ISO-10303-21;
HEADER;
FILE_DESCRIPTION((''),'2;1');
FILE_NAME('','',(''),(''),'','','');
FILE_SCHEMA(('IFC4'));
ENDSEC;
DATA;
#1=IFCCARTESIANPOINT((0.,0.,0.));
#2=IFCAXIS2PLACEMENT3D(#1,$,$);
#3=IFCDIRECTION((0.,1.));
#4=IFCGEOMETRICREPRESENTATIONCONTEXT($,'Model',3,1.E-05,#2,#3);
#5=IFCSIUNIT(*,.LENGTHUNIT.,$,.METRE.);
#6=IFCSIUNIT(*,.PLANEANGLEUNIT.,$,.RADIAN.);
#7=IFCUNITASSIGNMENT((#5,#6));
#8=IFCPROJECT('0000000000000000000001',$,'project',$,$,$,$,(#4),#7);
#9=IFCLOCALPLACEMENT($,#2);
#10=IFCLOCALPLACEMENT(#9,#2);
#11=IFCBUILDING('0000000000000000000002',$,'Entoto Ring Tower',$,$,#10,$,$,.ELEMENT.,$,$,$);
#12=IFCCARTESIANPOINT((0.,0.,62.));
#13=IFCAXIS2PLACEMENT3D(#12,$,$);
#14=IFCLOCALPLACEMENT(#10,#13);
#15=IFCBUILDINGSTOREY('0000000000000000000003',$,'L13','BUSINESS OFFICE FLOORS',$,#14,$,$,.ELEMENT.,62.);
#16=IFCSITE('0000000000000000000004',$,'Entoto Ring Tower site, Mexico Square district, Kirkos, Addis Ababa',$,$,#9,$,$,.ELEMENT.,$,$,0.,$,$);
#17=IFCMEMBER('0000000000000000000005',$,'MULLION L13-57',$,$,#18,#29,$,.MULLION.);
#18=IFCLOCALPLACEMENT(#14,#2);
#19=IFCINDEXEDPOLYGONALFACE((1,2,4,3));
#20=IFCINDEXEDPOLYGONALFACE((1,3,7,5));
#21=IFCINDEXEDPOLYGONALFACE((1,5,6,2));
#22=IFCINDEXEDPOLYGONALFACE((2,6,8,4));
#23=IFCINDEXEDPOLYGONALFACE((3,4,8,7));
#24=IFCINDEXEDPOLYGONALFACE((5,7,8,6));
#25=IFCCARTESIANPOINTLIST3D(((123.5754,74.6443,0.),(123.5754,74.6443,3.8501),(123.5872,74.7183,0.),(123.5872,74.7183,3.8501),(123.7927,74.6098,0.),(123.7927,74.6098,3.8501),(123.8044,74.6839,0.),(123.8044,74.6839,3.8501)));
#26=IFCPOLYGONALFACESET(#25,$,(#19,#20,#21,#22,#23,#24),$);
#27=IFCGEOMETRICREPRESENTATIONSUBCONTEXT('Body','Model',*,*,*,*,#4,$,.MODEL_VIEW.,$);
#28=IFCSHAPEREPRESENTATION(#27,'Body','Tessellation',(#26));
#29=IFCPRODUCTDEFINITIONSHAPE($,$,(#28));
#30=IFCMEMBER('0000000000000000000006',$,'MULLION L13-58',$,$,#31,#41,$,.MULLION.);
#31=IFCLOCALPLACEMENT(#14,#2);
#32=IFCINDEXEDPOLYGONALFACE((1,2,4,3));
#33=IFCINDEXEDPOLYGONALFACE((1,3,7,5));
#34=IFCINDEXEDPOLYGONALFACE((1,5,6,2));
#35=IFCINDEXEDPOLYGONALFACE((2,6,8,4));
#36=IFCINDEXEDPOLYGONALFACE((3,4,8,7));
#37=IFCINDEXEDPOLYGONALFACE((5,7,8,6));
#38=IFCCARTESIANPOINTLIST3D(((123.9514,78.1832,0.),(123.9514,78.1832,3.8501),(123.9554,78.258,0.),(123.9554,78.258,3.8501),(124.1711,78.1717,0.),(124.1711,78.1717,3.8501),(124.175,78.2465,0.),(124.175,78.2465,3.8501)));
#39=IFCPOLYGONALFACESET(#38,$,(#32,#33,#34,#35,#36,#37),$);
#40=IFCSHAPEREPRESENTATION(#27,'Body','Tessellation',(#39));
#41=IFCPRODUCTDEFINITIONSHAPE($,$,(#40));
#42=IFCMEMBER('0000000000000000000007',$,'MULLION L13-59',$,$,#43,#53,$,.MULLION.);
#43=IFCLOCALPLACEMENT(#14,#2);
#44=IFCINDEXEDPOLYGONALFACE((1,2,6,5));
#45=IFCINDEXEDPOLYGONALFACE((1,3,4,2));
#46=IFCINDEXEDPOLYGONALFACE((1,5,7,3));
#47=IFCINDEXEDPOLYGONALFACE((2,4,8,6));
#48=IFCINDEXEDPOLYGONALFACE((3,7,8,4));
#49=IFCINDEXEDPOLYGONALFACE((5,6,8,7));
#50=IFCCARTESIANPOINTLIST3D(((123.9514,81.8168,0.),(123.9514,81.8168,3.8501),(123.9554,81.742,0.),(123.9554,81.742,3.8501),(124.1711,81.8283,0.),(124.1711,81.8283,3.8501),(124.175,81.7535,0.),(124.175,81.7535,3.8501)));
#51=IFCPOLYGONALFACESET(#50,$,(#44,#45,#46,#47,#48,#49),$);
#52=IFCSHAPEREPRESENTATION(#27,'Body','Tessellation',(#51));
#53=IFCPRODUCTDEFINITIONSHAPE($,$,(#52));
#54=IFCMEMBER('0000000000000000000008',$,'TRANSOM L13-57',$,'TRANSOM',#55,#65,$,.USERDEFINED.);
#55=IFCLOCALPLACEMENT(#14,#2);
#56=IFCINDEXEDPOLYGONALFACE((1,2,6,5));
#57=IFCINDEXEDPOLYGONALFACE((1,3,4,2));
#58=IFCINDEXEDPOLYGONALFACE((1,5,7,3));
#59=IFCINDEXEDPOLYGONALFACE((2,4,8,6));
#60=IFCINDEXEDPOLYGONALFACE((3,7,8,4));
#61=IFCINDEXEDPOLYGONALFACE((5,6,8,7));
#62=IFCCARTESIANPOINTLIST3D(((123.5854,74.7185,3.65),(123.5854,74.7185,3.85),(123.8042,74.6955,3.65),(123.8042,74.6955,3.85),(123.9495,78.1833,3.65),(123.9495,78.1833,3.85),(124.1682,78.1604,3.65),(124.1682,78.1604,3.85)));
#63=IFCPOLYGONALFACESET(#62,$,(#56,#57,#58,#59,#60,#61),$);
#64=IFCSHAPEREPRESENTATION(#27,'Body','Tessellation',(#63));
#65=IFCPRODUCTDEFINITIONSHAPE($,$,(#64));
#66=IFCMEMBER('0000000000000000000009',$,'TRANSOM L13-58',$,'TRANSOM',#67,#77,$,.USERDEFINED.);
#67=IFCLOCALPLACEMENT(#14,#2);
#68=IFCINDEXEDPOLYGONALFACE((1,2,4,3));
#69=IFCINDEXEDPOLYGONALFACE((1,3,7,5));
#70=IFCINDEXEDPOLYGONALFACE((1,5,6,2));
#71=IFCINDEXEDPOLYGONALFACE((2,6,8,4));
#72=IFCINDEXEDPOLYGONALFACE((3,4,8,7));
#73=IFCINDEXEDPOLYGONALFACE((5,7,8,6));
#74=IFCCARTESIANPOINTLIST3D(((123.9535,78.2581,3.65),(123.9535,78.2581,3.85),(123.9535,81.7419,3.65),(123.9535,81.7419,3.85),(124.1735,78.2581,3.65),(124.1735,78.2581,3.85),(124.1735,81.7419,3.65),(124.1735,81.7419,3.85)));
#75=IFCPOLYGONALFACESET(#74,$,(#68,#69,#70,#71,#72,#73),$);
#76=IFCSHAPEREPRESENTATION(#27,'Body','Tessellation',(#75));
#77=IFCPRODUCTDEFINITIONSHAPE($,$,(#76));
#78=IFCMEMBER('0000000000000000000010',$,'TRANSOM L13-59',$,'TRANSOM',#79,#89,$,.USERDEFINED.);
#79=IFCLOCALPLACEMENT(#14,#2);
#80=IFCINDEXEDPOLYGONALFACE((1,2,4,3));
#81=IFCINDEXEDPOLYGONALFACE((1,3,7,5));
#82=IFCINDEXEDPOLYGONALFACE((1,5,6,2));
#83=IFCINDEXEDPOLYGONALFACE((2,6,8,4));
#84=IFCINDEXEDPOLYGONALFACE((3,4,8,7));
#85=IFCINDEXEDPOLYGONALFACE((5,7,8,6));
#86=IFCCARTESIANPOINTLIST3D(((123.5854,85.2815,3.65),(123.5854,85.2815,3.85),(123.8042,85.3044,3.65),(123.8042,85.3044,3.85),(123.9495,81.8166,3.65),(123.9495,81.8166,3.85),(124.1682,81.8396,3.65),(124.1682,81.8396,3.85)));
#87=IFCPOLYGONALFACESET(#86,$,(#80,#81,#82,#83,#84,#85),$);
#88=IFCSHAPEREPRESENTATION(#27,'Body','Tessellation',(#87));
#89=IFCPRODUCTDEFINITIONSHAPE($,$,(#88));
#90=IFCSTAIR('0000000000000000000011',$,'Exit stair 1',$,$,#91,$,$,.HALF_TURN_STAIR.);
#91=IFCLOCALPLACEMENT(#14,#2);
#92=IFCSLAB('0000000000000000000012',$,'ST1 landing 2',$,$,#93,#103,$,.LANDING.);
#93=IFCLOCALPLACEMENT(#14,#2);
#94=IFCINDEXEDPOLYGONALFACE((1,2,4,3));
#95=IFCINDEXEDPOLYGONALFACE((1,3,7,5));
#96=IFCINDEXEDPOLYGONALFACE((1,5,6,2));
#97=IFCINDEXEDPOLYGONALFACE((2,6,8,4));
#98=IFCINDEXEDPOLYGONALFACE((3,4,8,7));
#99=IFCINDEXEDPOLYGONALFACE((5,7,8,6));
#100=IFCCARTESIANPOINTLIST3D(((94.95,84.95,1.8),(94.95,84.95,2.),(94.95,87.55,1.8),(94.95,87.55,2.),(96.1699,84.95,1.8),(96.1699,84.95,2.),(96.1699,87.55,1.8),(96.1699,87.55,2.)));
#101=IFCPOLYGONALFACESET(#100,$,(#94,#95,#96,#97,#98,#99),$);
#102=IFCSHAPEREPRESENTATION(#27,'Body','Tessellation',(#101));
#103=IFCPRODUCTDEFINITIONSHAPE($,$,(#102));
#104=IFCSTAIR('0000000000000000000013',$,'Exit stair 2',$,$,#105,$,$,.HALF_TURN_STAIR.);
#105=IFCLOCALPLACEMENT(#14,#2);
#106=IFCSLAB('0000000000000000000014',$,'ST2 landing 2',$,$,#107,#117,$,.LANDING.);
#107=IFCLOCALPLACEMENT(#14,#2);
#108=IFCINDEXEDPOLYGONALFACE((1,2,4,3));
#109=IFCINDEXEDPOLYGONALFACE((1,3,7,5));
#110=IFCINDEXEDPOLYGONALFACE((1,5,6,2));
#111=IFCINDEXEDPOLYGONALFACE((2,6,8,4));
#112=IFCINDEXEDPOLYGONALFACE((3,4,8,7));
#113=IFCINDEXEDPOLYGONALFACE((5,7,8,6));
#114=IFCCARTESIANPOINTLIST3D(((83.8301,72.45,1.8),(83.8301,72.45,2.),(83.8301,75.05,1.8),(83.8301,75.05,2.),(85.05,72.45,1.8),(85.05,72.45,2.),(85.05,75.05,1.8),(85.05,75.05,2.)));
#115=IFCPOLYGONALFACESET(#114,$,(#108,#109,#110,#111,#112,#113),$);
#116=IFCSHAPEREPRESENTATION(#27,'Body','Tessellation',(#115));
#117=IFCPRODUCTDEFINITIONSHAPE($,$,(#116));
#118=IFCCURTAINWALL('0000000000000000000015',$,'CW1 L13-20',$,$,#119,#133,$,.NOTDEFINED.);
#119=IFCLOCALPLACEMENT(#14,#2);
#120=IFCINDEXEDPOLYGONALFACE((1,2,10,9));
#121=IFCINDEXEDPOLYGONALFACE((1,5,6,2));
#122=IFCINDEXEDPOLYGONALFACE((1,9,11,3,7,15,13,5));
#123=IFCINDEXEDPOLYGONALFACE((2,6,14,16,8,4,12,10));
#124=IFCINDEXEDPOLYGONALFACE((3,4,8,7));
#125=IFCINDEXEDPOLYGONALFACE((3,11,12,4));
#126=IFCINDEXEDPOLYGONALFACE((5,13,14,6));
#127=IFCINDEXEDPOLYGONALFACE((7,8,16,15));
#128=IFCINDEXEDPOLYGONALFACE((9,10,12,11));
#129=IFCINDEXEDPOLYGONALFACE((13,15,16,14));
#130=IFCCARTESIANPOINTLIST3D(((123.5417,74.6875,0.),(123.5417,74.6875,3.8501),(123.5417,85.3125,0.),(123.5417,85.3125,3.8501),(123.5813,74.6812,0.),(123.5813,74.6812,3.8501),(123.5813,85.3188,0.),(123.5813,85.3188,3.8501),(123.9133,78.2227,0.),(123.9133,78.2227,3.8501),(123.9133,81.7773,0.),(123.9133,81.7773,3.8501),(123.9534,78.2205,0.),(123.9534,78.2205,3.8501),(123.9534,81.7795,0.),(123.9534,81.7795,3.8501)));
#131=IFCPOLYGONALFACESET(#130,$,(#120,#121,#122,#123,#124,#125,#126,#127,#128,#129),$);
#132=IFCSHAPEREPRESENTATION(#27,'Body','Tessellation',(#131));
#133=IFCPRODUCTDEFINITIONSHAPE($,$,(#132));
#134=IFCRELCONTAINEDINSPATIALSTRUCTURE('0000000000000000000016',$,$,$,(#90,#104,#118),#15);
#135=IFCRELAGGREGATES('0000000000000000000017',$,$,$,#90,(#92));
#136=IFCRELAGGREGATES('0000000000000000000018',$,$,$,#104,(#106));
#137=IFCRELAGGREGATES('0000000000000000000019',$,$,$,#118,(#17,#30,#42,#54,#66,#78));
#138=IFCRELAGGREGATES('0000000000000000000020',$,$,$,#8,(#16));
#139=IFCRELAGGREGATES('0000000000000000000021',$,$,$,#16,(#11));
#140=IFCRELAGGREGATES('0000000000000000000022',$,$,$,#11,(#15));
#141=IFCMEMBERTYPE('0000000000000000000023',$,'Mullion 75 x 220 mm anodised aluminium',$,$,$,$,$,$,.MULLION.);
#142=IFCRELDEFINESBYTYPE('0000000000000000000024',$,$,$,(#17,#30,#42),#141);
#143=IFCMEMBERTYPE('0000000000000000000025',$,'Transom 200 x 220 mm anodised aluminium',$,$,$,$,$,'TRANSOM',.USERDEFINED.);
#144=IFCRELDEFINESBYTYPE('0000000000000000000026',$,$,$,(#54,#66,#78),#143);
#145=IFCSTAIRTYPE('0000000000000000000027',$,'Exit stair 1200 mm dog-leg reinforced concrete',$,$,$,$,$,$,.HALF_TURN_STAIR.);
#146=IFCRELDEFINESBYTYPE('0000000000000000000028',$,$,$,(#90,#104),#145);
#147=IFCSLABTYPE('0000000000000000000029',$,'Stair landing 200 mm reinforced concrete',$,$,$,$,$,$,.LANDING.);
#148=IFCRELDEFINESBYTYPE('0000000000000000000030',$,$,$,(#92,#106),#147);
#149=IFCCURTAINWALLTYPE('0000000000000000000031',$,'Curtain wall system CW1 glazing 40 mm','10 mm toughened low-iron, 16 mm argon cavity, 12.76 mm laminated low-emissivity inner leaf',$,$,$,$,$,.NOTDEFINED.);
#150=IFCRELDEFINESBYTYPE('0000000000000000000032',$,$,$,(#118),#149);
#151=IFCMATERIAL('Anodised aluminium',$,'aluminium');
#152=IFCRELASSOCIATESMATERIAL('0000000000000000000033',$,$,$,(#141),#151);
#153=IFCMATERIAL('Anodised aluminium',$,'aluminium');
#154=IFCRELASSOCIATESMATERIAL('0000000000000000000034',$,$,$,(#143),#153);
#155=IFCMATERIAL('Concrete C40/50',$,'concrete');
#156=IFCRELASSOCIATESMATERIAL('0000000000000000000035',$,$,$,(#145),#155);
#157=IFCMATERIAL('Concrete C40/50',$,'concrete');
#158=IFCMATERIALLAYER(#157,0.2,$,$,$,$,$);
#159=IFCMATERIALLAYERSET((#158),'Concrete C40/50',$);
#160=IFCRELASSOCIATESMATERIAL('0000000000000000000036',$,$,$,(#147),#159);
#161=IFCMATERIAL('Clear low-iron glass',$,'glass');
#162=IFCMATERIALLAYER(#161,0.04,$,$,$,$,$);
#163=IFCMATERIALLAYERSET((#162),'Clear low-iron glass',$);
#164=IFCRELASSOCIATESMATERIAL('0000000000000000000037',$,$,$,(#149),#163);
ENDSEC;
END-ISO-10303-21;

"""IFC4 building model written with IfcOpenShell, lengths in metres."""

from ifc_helpers import new_model, si_unit, direction, frame, origin, origin_2d, place, context, subcontext, project, spatial, polyline, rectangle, outline, extrude, material, layer, layer_set, material_profile, profile_set, type_object, element, aggregate, save


model = new_model("IFC4")

# Units and contexts
model_context = context("Model", 3, precision=1e-05, world=origin(), true_north=direction((0.0, 1.0)))
body_context = subcontext(model_context, "Body", "Model", "MODEL_VIEW")
ifc_project = project(units=[si_unit("LENGTHUNIT", "METRE"), si_unit("PLANEANGLEUNIT", "RADIAN")], contexts=[model_context])

# Members
ifc_material_1 = material(Name="Anodised aluminium", Category="aluminium")
ifc_material_profile_1 = material_profile(ifc_material_1, rectangle(XDim=0.075, YDim=0.22, at=origin_2d()), Name="Mullion 75 x 220 mm anodised aluminium")
ifc_profile_set_1 = profile_set([ifc_material_profile_1], Name="Anodised aluminium")
member_type_1 = type_object("IfcMemberType", Name="Mullion 75 x 220 mm anodised aluminium", PredefinedType="MULLION", material=ifc_profile_set_1)
site_placement = place(None, origin())
building_placement = place(site_placement, origin())
storey_placement = place(building_placement, frame((0.0, 0.0, 62.0)))
member_1_placement = place(storey_placement, frame((123.6899, 74.6641, 0.0), z_axis=(0.0, 0.0, 1.0), x_axis=(0.156434, 0.987688, 0.0)))
member_1 = element("IfcMember", 1, at=member_1_placement, type_object=member_type_1, Name="MULLION L13-57", PredefinedType="MULLION", context=body_context, shape_type="SweptSolid", body=[
    extrude(rectangle(XDim=0.075, YDim=0.22, at=origin_2d()), origin(), (0.0, 0.0, 1.0), 3.8501),
])
member_2_placement = place(storey_placement, frame((124.0632, 78.2148, 0.0), z_axis=(0.0, 0.0, 1.0), x_axis=(0.052336, 0.99863, 0.0)))
member_2 = element("IfcMember", 2, at=member_2_placement, type_object=member_type_1, Name="MULLION L13-58", PredefinedType="MULLION", context=body_context, shape_type="SweptSolid", body=[
    extrude(rectangle(XDim=0.075, YDim=0.22, at=origin_2d()), origin(), (0.0, 0.0, 1.0), 3.8501),
])
member_3_placement = place(storey_placement, frame((124.0632, 81.7852, 0.0), z_axis=(0.0, 0.0, 1.0), x_axis=(-0.052336, 0.99863, 0.0)))
member_3 = element("IfcMember", 3, at=member_3_placement, type_object=member_type_1, Name="MULLION L13-59", PredefinedType="MULLION", context=body_context, shape_type="SweptSolid", body=[
    extrude(rectangle(XDim=0.075, YDim=0.22, at=origin_2d()), origin(), (0.0, 0.0, 1.0), 3.8501),
])
ifc_material_2 = material(Name="Anodised aluminium", Category="aluminium")
ifc_material_profile_2 = material_profile(ifc_material_2, rectangle(XDim=0.22, YDim=0.2, at=origin_2d()), Name="Transom 200 x 220 mm anodised aluminium")
ifc_profile_set_2 = profile_set([ifc_material_profile_2], Name="Anodised aluminium")
member_type_2 = type_object("IfcMemberType", Name="Transom 200 x 220 mm anodised aluminium", ElementType="TRANSOM", PredefinedType="USERDEFINED", material=ifc_profile_set_2)
member_4_placement = place(storey_placement, frame((123.6948, 74.707, 3.75), z_axis=(0.104484, 0.994527, 0.0), x_axis=(-0.994527, 0.104484, 0.0)))
member_4 = element("IfcMember", 4, at=member_4_placement, type_object=member_type_2, Name="TRANSOM L13-57", ObjectType="TRANSOM", PredefinedType="USERDEFINED", context=body_context, shape_type="SweptSolid", body=[
    extrude(rectangle(XDim=0.22, YDim=0.2, at=origin_2d()), origin(), (0.0, 0.0, 1.0), 3.4839),
])
member_5_placement = place(storey_placement, frame((124.0635, 78.2581, 3.75), z_axis=(0.0, 1.0, 0.0), x_axis=(-1.0, 0.0, 0.0)))
member_5 = element("IfcMember", 5, at=member_5_placement, type_object=member_type_2, Name="TRANSOM L13-58", ObjectType="TRANSOM", PredefinedType="USERDEFINED", context=body_context, shape_type="SweptSolid", body=[
    extrude(rectangle(XDim=0.22, YDim=0.2, at=origin_2d()), origin(), (0.0, 0.0, 1.0), 3.4839),
])
member_6_placement = place(storey_placement, frame((124.0588, 81.8281, 3.75), z_axis=(-0.104484, 0.994527, 0.0), x_axis=(-0.994527, -0.104484, 0.0)))
member_6 = element("IfcMember", 6, at=member_6_placement, type_object=member_type_2, Name="TRANSOM L13-59", ObjectType="TRANSOM", PredefinedType="USERDEFINED", context=body_context, shape_type="SweptSolid", body=[
    extrude(rectangle(XDim=0.22, YDim=0.2, at=origin_2d()), origin(), (0.0, 0.0, 1.0), 3.4839),
])

# Site, building, storey
site = spatial("IfcSite", under=ifc_project, at=site_placement, Name="Entoto Ring Tower site, Mexico Square district, Kirkos, Addis Ababa", CompositionType="ELEMENT", RefElevation=0.0)
building = spatial("IfcBuilding", under=site, at=building_placement, Name="Entoto Ring Tower", CompositionType="ELEMENT")
storey = spatial("IfcBuildingStorey", under=building, at=storey_placement, Name="L13", Description="BUSINESS OFFICE FLOORS", CompositionType="ELEMENT", Elevation=62.0)

# Stairs, slabs
ifc_material_3 = material(Name="Concrete C40/50", Category="concrete")
stair_type = type_object("IfcStairType", Name="Exit stair 1200 mm dog-leg reinforced concrete", PredefinedType="HALF_TURN_STAIR", material=ifc_material_3)
stair_1_placement = place(storey_placement, origin())
stair_1 = element("IfcStair", 7, at=stair_1_placement, inside=storey, type_object=stair_type, Name="Exit stair 1", PredefinedType="HALF_TURN_STAIR")
ifc_material_4 = material(Name="Concrete C40/50", Category="concrete")
ifc_layer_1 = layer(ifc_material_4, 0.2)
ifc_layer_set_1 = layer_set([ifc_layer_1], Name="Concrete C40/50")
slab_type = type_object("IfcSlabType", Name="Stair landing 200 mm reinforced concrete", PredefinedType="LANDING", material=ifc_layer_set_1)
slab_1_placement = place(storey_placement, frame((0.0, 0.0, 1.8)))
slab_1 = element("IfcSlab", 8, at=slab_1_placement, type_object=slab_type, Name="ST1 landing 2", PredefinedType="LANDING", context=body_context, shape_type="SweptSolid", body=[
    extrude(outline(polyline([(94.95, 84.95), (96.1699, 84.95), (96.1699, 87.55), (94.95, 87.55), (94.95, 84.95)])), origin(), (0.0, 0.0, 1.0), 0.2),
])
aggregate(stair_1, [slab_1])
stair_2_placement = place(storey_placement, origin())
stair_2 = element("IfcStair", 9, at=stair_2_placement, inside=storey, type_object=stair_type, Name="Exit stair 2", PredefinedType="HALF_TURN_STAIR")
slab_2_placement = place(storey_placement, frame((0.0, 0.0, 1.8)))
slab_2 = element("IfcSlab", 10, at=slab_2_placement, type_object=slab_type, Name="ST2 landing 2", PredefinedType="LANDING", context=body_context, shape_type="SweptSolid", body=[
    extrude(outline(polyline([(83.8301, 72.45), (85.05, 72.45), (85.05, 75.05), (83.8301, 75.05), (83.8301, 72.45)])), origin(), (0.0, 0.0, 1.0), 0.2),
])
aggregate(stair_2, [slab_2])

# Curtain wall
ifc_material_5 = material(Name="Clear low-iron glass", Category="glass")
ifc_layer_2 = layer(ifc_material_5, 0.04)
ifc_layer_set_2 = layer_set([ifc_layer_2], Name="Clear low-iron glass")
curtain_wall_type = type_object("IfcCurtainWallType", Name="Curtain wall system CW1 glazing 40 mm", Description="10 mm toughened low-iron, 16 mm argon cavity, 12.76 mm laminated low-emissivity inner leaf", PredefinedType="NOTDEFINED", material=ifc_layer_set_2)
curtain_wall_1_placement = place(storey_placement, origin())
curtain_wall_1 = element("IfcCurtainWall", 11, at=curtain_wall_1_placement, inside=storey, type_object=curtain_wall_type, Name="CW1 L13-20", PredefinedType="NOTDEFINED", context=body_context, shape_type="SweptSolid", body=[
    extrude(outline(polyline([(123.5813, 74.6812), (123.9534, 78.2205), (123.9534, 81.7795), (123.5813, 85.3188), (123.5417, 85.3125), (123.9133, 81.7773), (123.9133, 78.2227), (123.5417, 74.6875), (123.5813, 74.6812)])), origin(), (0.0, 0.0, 1.0), 3.8501),
])
aggregate(curtain_wall_1, [member_1, member_2, member_3, member_4, member_5, member_6])

save(model, "model.ifc")
